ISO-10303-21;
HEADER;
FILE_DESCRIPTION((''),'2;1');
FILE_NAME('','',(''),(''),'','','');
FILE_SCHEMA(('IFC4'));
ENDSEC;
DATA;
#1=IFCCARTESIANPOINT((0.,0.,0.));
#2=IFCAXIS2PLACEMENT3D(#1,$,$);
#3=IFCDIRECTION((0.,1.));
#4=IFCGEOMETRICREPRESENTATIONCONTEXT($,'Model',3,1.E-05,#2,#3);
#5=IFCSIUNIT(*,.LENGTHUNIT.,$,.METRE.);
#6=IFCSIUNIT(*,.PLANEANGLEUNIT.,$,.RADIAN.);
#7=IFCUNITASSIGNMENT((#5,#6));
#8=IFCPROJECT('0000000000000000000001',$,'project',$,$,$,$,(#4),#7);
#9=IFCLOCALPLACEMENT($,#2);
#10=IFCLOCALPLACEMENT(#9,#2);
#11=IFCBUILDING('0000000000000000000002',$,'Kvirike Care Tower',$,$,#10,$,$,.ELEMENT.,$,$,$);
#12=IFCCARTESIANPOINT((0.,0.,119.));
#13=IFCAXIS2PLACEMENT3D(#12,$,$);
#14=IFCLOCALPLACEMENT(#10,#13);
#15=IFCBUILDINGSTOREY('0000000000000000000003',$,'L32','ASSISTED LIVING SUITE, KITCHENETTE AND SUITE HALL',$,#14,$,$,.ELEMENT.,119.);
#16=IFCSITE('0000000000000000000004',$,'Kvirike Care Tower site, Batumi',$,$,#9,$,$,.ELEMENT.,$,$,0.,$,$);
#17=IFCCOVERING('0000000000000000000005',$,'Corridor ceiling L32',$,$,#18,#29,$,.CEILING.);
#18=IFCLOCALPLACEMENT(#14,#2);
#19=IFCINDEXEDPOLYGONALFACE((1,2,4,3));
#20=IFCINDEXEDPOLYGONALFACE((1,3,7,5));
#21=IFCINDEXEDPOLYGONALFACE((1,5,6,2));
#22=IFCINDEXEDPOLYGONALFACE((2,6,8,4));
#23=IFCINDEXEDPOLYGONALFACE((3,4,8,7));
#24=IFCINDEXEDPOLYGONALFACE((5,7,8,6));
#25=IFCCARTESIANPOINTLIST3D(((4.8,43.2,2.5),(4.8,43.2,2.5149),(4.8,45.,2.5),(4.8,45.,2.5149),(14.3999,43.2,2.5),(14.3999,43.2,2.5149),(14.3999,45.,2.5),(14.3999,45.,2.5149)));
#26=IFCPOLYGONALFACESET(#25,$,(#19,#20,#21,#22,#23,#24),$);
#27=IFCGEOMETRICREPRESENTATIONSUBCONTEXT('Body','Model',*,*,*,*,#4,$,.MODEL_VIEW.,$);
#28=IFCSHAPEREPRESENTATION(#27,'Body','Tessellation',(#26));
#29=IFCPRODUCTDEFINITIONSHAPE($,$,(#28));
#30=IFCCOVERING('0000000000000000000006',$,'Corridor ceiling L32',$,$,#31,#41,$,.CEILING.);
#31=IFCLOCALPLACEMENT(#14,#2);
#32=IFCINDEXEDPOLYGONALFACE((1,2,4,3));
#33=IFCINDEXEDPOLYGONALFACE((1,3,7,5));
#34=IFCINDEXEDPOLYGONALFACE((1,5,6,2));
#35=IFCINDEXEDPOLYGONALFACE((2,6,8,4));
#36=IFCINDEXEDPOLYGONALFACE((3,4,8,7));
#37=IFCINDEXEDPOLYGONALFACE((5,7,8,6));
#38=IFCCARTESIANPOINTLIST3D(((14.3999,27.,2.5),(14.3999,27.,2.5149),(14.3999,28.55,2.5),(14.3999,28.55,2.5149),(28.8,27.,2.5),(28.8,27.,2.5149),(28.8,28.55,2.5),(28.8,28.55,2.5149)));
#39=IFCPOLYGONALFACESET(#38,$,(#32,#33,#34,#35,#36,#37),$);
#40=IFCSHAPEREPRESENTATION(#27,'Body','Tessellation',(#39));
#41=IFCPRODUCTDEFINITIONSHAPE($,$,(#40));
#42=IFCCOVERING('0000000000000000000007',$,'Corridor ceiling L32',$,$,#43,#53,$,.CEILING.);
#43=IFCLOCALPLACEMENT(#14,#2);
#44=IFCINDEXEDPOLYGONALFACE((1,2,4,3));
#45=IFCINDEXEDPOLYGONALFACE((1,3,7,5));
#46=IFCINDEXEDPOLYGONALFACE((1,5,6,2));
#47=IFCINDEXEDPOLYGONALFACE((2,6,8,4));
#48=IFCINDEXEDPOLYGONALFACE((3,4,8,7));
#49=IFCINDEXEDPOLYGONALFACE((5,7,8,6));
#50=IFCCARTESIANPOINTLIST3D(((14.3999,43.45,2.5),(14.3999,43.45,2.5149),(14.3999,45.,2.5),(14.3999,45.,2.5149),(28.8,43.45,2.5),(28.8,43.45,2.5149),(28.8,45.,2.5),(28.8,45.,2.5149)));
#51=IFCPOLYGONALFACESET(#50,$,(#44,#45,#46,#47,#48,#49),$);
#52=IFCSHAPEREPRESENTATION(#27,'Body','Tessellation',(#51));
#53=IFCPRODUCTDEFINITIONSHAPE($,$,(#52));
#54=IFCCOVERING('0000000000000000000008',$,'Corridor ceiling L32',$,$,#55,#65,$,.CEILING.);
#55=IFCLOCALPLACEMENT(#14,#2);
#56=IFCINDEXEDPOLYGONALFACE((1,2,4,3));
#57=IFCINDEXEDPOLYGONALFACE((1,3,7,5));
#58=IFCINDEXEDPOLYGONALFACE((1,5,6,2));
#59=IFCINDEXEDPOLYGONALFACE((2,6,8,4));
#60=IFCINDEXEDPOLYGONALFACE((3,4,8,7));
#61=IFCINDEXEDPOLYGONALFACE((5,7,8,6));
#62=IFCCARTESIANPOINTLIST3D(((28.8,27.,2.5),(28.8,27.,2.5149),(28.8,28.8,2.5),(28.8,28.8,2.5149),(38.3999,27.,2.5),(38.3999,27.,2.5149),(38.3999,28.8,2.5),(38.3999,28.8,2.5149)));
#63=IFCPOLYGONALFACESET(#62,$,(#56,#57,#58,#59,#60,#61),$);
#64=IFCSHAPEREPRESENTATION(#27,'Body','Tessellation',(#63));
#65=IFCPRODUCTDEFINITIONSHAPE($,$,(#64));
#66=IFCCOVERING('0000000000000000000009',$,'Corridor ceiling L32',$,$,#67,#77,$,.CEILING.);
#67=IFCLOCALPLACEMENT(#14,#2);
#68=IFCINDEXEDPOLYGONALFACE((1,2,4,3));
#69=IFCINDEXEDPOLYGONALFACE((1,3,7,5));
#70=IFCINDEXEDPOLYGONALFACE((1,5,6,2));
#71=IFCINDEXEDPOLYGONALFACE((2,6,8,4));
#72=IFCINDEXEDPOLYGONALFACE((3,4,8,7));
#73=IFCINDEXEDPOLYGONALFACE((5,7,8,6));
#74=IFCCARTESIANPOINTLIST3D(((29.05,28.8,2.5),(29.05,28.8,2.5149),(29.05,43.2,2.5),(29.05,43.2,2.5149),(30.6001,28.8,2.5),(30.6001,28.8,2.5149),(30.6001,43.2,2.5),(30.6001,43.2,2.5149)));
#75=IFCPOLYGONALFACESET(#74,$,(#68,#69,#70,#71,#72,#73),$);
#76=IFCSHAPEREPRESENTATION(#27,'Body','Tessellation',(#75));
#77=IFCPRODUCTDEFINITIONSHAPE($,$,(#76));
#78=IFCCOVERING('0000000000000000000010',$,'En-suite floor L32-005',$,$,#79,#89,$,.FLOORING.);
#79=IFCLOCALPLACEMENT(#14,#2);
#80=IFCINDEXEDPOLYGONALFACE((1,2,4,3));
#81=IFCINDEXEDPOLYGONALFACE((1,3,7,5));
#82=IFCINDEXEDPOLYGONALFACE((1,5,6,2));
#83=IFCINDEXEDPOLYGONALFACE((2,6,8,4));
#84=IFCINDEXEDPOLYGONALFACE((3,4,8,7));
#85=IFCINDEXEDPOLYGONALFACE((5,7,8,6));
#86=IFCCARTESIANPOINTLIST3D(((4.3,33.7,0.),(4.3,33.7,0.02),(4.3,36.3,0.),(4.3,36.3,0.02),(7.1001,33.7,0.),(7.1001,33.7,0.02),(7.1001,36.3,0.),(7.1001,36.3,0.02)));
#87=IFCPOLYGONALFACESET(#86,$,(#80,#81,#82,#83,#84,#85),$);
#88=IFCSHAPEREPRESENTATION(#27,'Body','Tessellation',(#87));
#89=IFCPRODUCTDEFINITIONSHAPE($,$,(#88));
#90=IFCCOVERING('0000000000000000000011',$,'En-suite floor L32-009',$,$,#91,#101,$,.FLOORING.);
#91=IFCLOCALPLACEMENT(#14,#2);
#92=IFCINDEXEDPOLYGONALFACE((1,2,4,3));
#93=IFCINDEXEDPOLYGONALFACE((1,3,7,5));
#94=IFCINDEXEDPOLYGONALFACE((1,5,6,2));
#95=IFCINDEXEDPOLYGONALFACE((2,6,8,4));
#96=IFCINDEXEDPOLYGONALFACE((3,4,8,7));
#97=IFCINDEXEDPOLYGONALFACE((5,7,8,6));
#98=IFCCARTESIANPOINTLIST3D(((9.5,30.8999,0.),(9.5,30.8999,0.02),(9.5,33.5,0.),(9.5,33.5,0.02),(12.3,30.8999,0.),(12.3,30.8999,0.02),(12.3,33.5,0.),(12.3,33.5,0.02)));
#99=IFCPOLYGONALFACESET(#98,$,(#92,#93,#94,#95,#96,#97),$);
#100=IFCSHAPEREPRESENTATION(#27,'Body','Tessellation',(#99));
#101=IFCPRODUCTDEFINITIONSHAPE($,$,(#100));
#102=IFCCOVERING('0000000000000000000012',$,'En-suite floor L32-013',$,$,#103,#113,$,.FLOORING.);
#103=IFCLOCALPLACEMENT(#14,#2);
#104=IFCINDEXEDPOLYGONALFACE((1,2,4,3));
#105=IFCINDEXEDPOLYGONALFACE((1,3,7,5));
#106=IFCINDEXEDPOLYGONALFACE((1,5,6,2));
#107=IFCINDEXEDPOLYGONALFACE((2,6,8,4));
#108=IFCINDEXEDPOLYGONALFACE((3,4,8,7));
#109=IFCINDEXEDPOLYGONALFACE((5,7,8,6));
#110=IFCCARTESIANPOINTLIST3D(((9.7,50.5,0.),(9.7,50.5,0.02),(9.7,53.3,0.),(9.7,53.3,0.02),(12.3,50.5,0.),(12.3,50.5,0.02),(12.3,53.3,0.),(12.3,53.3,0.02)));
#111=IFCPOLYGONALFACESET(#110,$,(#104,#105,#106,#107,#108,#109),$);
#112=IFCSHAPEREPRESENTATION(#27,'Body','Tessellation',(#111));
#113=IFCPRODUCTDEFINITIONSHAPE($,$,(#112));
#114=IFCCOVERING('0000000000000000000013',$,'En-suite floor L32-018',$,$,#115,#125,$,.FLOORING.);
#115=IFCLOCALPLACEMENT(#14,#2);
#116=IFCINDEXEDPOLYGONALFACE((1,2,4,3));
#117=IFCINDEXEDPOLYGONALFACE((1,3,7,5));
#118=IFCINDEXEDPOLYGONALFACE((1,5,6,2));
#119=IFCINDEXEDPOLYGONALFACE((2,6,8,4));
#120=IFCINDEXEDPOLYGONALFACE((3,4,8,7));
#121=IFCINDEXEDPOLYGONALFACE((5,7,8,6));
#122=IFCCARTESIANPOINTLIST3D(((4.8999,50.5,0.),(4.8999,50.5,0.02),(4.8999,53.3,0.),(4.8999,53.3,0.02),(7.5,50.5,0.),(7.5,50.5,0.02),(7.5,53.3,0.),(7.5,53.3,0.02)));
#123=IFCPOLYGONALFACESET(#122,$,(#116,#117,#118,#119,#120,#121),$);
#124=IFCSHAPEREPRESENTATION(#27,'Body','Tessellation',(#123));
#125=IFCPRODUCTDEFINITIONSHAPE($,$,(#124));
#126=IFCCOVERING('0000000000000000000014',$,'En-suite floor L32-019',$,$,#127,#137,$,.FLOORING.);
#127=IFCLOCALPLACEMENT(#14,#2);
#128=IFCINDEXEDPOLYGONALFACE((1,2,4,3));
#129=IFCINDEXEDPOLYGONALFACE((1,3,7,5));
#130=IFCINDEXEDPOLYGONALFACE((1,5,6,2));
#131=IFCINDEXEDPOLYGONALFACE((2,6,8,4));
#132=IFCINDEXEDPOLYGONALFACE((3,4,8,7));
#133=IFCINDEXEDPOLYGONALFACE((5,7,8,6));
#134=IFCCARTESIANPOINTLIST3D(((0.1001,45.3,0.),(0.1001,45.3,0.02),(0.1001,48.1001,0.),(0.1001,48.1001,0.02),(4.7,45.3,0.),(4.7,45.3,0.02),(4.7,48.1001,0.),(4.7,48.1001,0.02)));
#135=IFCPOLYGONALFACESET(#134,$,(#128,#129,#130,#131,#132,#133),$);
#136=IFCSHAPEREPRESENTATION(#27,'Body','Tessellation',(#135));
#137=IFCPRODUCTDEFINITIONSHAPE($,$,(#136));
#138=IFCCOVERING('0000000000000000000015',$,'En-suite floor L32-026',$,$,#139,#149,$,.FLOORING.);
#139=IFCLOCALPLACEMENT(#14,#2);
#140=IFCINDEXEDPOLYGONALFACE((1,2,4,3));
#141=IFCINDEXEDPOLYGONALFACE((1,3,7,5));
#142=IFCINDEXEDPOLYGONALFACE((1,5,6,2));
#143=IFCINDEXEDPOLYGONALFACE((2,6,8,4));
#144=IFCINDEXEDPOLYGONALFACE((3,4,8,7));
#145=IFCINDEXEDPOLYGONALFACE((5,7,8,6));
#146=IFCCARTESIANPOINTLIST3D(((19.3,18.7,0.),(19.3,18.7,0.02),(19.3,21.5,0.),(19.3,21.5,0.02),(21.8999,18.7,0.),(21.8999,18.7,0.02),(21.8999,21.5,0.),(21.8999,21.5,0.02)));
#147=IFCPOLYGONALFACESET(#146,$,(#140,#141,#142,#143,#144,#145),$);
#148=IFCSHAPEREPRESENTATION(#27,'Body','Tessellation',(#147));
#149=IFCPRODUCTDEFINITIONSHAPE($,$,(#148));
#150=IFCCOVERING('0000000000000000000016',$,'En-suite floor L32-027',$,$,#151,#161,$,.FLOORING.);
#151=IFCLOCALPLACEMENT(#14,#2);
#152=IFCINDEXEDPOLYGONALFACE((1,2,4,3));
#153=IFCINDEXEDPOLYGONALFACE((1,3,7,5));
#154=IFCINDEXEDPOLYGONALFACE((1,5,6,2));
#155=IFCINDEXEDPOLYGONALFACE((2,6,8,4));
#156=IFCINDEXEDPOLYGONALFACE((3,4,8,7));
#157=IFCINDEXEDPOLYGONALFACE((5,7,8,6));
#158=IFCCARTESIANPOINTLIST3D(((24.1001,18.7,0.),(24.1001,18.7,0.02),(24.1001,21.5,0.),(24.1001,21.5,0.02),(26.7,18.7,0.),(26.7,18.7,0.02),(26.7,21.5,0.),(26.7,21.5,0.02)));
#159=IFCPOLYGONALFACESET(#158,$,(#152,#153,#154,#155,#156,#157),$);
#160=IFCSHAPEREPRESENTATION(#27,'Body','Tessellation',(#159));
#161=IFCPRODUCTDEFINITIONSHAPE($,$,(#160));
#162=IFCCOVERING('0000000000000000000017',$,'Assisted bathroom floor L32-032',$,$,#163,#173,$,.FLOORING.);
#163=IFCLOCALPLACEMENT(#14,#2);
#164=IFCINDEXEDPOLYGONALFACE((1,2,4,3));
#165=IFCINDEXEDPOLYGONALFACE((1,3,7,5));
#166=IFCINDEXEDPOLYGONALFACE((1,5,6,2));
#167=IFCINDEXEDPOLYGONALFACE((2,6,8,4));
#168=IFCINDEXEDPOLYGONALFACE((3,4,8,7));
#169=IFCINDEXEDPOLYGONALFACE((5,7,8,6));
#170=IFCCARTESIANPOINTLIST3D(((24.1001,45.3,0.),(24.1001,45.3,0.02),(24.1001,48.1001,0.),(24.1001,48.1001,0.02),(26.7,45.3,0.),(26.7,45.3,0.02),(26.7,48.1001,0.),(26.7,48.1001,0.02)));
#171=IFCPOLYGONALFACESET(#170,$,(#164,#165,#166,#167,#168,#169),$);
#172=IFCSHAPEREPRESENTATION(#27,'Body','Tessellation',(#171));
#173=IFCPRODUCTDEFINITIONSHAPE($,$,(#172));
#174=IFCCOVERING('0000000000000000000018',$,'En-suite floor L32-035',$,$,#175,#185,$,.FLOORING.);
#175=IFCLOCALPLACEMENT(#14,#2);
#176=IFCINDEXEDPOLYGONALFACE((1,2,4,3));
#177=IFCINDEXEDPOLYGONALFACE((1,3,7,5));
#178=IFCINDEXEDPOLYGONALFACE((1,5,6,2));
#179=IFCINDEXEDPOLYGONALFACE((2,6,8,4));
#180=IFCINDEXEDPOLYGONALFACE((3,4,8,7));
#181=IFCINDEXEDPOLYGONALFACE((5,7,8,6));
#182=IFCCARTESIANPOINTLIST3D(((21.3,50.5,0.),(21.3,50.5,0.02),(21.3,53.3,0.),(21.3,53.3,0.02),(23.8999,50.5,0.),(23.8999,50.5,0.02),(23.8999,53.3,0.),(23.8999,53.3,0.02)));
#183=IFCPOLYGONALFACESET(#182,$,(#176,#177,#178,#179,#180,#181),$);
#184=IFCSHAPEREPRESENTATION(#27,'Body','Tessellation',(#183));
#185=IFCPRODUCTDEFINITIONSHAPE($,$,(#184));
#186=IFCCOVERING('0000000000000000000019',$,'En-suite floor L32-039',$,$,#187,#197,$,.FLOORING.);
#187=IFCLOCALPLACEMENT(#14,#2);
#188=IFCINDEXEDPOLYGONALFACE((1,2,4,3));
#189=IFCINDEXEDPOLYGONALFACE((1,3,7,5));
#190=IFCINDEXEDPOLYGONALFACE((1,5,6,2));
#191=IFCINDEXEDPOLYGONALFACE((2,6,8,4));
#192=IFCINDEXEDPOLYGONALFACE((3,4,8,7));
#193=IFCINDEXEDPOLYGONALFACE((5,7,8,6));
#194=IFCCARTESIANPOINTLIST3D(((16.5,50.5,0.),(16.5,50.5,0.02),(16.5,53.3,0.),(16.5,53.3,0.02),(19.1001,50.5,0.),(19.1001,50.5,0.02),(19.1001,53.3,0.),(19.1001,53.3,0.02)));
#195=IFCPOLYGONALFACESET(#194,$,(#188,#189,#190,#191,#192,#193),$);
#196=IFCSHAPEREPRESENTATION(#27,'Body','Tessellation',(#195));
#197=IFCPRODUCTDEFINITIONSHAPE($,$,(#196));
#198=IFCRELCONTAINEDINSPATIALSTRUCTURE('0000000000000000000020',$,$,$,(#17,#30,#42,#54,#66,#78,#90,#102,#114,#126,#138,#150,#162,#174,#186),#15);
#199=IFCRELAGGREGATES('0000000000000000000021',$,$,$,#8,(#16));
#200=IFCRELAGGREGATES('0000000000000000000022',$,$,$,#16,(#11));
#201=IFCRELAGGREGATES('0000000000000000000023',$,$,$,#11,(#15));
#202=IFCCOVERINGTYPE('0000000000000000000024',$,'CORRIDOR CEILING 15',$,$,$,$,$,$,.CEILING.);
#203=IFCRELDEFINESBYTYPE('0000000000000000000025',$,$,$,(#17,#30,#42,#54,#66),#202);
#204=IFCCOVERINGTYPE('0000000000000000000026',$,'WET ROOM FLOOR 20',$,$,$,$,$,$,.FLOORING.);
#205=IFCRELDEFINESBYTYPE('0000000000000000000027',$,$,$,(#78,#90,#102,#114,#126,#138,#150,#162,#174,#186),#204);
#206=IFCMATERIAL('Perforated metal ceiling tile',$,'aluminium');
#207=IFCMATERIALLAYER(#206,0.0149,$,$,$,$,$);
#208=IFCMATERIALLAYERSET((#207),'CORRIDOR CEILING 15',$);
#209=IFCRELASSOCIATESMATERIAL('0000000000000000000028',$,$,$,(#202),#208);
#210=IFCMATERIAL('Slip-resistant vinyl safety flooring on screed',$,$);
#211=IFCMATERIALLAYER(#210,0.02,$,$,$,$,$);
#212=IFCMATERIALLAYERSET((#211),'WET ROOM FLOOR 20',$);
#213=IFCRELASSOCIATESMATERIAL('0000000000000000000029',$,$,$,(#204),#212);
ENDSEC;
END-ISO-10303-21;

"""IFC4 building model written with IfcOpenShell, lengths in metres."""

from ifc_helpers import new_model, si_unit, direction, frame, origin, place, context, subcontext, project, spatial, polyline, outline, extrude, material, layer, layer_set, type_object, element, save


model = new_model("IFC4")

# Units and contexts
model_context = context("Model", 3, precision=1e-05, world=origin(), true_north=direction((0.0, 1.0)))
body_context = subcontext(model_context, "Body", "Model", "MODEL_VIEW")
ifc_project = project(units=[si_unit("LENGTHUNIT", "METRE"), si_unit("PLANEANGLEUNIT", "RADIAN")], contexts=[model_context])

# Site, building, storey
site_placement = place(None, origin())
site = spatial("IfcSite", under=ifc_project, at=site_placement, Name="Kvirike Care Tower site, Batumi", CompositionType="ELEMENT", RefElevation=0.0)
building_placement = place(site_placement, origin())
building = spatial("IfcBuilding", under=site, at=building_placement, Name="Kvirike Care Tower", CompositionType="ELEMENT")
storey_placement = place(building_placement, frame((0.0, 0.0, 119.0)))
storey = spatial("IfcBuildingStorey", under=building, at=storey_placement, Name="L32", Description="ASSISTED LIVING SUITE, KITCHENETTE AND SUITE HALL", CompositionType="ELEMENT", Elevation=119.0)

# Coverings
ifc_material_1 = material(Name="Perforated metal ceiling tile", Category="aluminium")
ifc_layer_1 = layer(ifc_material_1, 0.0149)
ifc_layer_set_1 = layer_set([ifc_layer_1], Name="CORRIDOR CEILING 15")
covering_type_1 = type_object("IfcCoveringType", Name="CORRIDOR CEILING 15", PredefinedType="CEILING", material=ifc_layer_set_1)
covering_1_placement = place(storey_placement, frame((0.0, 0.0, 2.5)))
element("IfcCovering", 1, at=covering_1_placement, inside=storey, type_object=covering_type_1, Name="Corridor ceiling L32", PredefinedType="CEILING", context=body_context, shape_type="SweptSolid", body=[
    extrude(outline(polyline([(14.3999, 45.0), (14.3999, 43.2), (4.8, 43.2), (4.8, 45.0), (14.3999, 45.0)])), origin(), (0.0, 0.0, 1.0), 0.0149),
])
covering_2_placement = place(storey_placement, frame((0.0, 0.0, 2.5)))
element("IfcCovering", 2, at=covering_2_placement, inside=storey, type_object=covering_type_1, Name="Corridor ceiling L32", PredefinedType="CEILING", context=body_context, shape_type="SweptSolid", body=[
    extrude(outline(polyline([(14.3999, 27.0), (14.3999, 28.55), (28.8, 28.55), (28.8, 27.0), (14.3999, 27.0)])), origin(), (0.0, 0.0, 1.0), 0.0149),
])
covering_3_placement = place(storey_placement, frame((0.0, 0.0, 2.5)))
element("IfcCovering", 3, at=covering_3_placement, inside=storey, type_object=covering_type_1, Name="Corridor ceiling L32", PredefinedType="CEILING", context=body_context, shape_type="SweptSolid", body=[
    extrude(outline(polyline([(28.8, 45.0), (28.8, 43.45), (14.3999, 43.45), (14.3999, 45.0), (28.8, 45.0)])), origin(), (0.0, 0.0, 1.0), 0.0149),
])
covering_4_placement = place(storey_placement, frame((0.0, 0.0, 2.5)))
element("IfcCovering", 4, at=covering_4_placement, inside=storey, type_object=covering_type_1, Name="Corridor ceiling L32", PredefinedType="CEILING", context=body_context, shape_type="SweptSolid", body=[
    extrude(outline(polyline([(28.8, 27.0), (28.8, 28.8), (38.3999, 28.8), (38.3999, 27.0), (28.8, 27.0)])), origin(), (0.0, 0.0, 1.0), 0.0149),
])
covering_5_placement = place(storey_placement, frame((0.0, 0.0, 2.5)))
element("IfcCovering", 5, at=covering_5_placement, inside=storey, type_object=covering_type_1, Name="Corridor ceiling L32", PredefinedType="CEILING", context=body_context, shape_type="SweptSolid", body=[
    extrude(outline(polyline([(30.6001, 28.8), (29.05, 28.8), (29.05, 43.2), (30.6001, 43.2), (30.6001, 28.8)])), origin(), (0.0, 0.0, 1.0), 0.0149),
])
ifc_material_2 = material(Name="Slip-resistant vinyl safety flooring on screed")
ifc_layer_2 = layer(ifc_material_2, 0.02)
ifc_layer_set_2 = layer_set([ifc_layer_2], Name="WET ROOM FLOOR 20")
covering_type_2 = type_object("IfcCoveringType", Name="WET ROOM FLOOR 20", PredefinedType="FLOORING", material=ifc_layer_set_2)
covering_6_placement = place(storey_placement, origin())
element("IfcCovering", 6, at=covering_6_placement, inside=storey, type_object=covering_type_2, Name="En-suite floor L32-005", PredefinedType="FLOORING", context=body_context, shape_type="SweptSolid", body=[
    extrude(outline(polyline([(4.3, 36.3), (7.1001, 36.3), (7.1001, 33.7), (4.3, 33.7), (4.3, 36.3)])), origin(), (0.0, 0.0, 1.0), 0.02),
])
covering_7_placement = place(storey_placement, origin())
element("IfcCovering", 7, at=covering_7_placement, inside=storey, type_object=covering_type_2, Name="En-suite floor L32-009", PredefinedType="FLOORING", context=body_context, shape_type="SweptSolid", body=[
    extrude(outline(polyline([(9.5, 33.5), (12.3, 33.5), (12.3, 30.8999), (9.5, 30.8999), (9.5, 33.5)])), origin(), (0.0, 0.0, 1.0), 0.02),
])
covering_8_placement = place(storey_placement, origin())
element("IfcCovering", 8, at=covering_8_placement, inside=storey, type_object=covering_type_2, Name="En-suite floor L32-013", PredefinedType="FLOORING", context=body_context, shape_type="SweptSolid", body=[
    extrude(outline(polyline([(12.3, 53.3), (12.3, 50.5), (9.7, 50.5), (9.7, 53.3), (12.3, 53.3)])), origin(), (0.0, 0.0, 1.0), 0.02),
])
covering_9_placement = place(storey_placement, origin())
element("IfcCovering", 9, at=covering_9_placement, inside=storey, type_object=covering_type_2, Name="En-suite floor L32-018", PredefinedType="FLOORING", context=body_context, shape_type="SweptSolid", body=[
    extrude(outline(polyline([(7.5, 53.3), (7.5, 50.5), (4.8999, 50.5), (4.8999, 53.3), (7.5, 53.3)])), origin(), (0.0, 0.0, 1.0), 0.02),
])
covering_10_placement = place(storey_placement, origin())
element("IfcCovering", 10, at=covering_10_placement, inside=storey, type_object=covering_type_2, Name="En-suite floor L32-019", PredefinedType="FLOORING", context=body_context, shape_type="SweptSolid", body=[
    extrude(outline(polyline([(4.7, 48.1001), (4.7, 45.3), (0.1001, 45.3), (0.1001, 48.1001), (4.7, 48.1001)])), origin(), (0.0, 0.0, 1.0), 0.02),
])
covering_11_placement = place(storey_placement, origin())
element("IfcCovering", 11, at=covering_11_placement, inside=storey, type_object=covering_type_2, Name="En-suite floor L32-026", PredefinedType="FLOORING", context=body_context, shape_type="SweptSolid", body=[
    extrude(outline(polyline([(19.3, 18.7), (19.3, 21.5), (21.8999, 21.5), (21.8999, 18.7), (19.3, 18.7)])), origin(), (0.0, 0.0, 1.0), 0.02),
])
covering_12_placement = place(storey_placement, origin())
element("IfcCovering", 12, at=covering_12_placement, inside=storey, type_object=covering_type_2, Name="En-suite floor L32-027", PredefinedType="FLOORING", context=body_context, shape_type="SweptSolid", body=[
    extrude(outline(polyline([(24.1001, 18.7), (24.1001, 21.5), (26.7, 21.5), (26.7, 18.7), (24.1001, 18.7)])), origin(), (0.0, 0.0, 1.0), 0.02),
])
covering_13_placement = place(storey_placement, origin())
element("IfcCovering", 13, at=covering_13_placement, inside=storey, type_object=covering_type_2, Name="Assisted bathroom floor L32-032", PredefinedType="FLOORING", context=body_context, shape_type="SweptSolid", body=[
    extrude(outline(polyline([(26.7, 48.1001), (26.7, 45.3), (24.1001, 45.3), (24.1001, 48.1001), (26.7, 48.1001)])), origin(), (0.0, 0.0, 1.0), 0.02),
])
covering_14_placement = place(storey_placement, origin())
element("IfcCovering", 14, at=covering_14_placement, inside=storey, type_object=covering_type_2, Name="En-suite floor L32-035", PredefinedType="FLOORING", context=body_context, shape_type="SweptSolid", body=[
    extrude(outline(polyline([(23.8999, 53.3), (23.8999, 50.5), (21.3, 50.5), (21.3, 53.3), (23.8999, 53.3)])), origin(), (0.0, 0.0, 1.0), 0.02),
])
covering_15_placement = place(storey_placement, origin())
element("IfcCovering", 15, at=covering_15_placement, inside=storey, type_object=covering_type_2, Name="En-suite floor L32-039", PredefinedType="FLOORING", context=body_context, shape_type="SweptSolid", body=[
    extrude(outline(polyline([(19.1001, 53.3), (19.1001, 50.5), (16.5, 50.5), (16.5, 53.3), (19.1001, 53.3)])), origin(), (0.0, 0.0, 1.0), 0.02),
])

save(model, "model.ifc")
